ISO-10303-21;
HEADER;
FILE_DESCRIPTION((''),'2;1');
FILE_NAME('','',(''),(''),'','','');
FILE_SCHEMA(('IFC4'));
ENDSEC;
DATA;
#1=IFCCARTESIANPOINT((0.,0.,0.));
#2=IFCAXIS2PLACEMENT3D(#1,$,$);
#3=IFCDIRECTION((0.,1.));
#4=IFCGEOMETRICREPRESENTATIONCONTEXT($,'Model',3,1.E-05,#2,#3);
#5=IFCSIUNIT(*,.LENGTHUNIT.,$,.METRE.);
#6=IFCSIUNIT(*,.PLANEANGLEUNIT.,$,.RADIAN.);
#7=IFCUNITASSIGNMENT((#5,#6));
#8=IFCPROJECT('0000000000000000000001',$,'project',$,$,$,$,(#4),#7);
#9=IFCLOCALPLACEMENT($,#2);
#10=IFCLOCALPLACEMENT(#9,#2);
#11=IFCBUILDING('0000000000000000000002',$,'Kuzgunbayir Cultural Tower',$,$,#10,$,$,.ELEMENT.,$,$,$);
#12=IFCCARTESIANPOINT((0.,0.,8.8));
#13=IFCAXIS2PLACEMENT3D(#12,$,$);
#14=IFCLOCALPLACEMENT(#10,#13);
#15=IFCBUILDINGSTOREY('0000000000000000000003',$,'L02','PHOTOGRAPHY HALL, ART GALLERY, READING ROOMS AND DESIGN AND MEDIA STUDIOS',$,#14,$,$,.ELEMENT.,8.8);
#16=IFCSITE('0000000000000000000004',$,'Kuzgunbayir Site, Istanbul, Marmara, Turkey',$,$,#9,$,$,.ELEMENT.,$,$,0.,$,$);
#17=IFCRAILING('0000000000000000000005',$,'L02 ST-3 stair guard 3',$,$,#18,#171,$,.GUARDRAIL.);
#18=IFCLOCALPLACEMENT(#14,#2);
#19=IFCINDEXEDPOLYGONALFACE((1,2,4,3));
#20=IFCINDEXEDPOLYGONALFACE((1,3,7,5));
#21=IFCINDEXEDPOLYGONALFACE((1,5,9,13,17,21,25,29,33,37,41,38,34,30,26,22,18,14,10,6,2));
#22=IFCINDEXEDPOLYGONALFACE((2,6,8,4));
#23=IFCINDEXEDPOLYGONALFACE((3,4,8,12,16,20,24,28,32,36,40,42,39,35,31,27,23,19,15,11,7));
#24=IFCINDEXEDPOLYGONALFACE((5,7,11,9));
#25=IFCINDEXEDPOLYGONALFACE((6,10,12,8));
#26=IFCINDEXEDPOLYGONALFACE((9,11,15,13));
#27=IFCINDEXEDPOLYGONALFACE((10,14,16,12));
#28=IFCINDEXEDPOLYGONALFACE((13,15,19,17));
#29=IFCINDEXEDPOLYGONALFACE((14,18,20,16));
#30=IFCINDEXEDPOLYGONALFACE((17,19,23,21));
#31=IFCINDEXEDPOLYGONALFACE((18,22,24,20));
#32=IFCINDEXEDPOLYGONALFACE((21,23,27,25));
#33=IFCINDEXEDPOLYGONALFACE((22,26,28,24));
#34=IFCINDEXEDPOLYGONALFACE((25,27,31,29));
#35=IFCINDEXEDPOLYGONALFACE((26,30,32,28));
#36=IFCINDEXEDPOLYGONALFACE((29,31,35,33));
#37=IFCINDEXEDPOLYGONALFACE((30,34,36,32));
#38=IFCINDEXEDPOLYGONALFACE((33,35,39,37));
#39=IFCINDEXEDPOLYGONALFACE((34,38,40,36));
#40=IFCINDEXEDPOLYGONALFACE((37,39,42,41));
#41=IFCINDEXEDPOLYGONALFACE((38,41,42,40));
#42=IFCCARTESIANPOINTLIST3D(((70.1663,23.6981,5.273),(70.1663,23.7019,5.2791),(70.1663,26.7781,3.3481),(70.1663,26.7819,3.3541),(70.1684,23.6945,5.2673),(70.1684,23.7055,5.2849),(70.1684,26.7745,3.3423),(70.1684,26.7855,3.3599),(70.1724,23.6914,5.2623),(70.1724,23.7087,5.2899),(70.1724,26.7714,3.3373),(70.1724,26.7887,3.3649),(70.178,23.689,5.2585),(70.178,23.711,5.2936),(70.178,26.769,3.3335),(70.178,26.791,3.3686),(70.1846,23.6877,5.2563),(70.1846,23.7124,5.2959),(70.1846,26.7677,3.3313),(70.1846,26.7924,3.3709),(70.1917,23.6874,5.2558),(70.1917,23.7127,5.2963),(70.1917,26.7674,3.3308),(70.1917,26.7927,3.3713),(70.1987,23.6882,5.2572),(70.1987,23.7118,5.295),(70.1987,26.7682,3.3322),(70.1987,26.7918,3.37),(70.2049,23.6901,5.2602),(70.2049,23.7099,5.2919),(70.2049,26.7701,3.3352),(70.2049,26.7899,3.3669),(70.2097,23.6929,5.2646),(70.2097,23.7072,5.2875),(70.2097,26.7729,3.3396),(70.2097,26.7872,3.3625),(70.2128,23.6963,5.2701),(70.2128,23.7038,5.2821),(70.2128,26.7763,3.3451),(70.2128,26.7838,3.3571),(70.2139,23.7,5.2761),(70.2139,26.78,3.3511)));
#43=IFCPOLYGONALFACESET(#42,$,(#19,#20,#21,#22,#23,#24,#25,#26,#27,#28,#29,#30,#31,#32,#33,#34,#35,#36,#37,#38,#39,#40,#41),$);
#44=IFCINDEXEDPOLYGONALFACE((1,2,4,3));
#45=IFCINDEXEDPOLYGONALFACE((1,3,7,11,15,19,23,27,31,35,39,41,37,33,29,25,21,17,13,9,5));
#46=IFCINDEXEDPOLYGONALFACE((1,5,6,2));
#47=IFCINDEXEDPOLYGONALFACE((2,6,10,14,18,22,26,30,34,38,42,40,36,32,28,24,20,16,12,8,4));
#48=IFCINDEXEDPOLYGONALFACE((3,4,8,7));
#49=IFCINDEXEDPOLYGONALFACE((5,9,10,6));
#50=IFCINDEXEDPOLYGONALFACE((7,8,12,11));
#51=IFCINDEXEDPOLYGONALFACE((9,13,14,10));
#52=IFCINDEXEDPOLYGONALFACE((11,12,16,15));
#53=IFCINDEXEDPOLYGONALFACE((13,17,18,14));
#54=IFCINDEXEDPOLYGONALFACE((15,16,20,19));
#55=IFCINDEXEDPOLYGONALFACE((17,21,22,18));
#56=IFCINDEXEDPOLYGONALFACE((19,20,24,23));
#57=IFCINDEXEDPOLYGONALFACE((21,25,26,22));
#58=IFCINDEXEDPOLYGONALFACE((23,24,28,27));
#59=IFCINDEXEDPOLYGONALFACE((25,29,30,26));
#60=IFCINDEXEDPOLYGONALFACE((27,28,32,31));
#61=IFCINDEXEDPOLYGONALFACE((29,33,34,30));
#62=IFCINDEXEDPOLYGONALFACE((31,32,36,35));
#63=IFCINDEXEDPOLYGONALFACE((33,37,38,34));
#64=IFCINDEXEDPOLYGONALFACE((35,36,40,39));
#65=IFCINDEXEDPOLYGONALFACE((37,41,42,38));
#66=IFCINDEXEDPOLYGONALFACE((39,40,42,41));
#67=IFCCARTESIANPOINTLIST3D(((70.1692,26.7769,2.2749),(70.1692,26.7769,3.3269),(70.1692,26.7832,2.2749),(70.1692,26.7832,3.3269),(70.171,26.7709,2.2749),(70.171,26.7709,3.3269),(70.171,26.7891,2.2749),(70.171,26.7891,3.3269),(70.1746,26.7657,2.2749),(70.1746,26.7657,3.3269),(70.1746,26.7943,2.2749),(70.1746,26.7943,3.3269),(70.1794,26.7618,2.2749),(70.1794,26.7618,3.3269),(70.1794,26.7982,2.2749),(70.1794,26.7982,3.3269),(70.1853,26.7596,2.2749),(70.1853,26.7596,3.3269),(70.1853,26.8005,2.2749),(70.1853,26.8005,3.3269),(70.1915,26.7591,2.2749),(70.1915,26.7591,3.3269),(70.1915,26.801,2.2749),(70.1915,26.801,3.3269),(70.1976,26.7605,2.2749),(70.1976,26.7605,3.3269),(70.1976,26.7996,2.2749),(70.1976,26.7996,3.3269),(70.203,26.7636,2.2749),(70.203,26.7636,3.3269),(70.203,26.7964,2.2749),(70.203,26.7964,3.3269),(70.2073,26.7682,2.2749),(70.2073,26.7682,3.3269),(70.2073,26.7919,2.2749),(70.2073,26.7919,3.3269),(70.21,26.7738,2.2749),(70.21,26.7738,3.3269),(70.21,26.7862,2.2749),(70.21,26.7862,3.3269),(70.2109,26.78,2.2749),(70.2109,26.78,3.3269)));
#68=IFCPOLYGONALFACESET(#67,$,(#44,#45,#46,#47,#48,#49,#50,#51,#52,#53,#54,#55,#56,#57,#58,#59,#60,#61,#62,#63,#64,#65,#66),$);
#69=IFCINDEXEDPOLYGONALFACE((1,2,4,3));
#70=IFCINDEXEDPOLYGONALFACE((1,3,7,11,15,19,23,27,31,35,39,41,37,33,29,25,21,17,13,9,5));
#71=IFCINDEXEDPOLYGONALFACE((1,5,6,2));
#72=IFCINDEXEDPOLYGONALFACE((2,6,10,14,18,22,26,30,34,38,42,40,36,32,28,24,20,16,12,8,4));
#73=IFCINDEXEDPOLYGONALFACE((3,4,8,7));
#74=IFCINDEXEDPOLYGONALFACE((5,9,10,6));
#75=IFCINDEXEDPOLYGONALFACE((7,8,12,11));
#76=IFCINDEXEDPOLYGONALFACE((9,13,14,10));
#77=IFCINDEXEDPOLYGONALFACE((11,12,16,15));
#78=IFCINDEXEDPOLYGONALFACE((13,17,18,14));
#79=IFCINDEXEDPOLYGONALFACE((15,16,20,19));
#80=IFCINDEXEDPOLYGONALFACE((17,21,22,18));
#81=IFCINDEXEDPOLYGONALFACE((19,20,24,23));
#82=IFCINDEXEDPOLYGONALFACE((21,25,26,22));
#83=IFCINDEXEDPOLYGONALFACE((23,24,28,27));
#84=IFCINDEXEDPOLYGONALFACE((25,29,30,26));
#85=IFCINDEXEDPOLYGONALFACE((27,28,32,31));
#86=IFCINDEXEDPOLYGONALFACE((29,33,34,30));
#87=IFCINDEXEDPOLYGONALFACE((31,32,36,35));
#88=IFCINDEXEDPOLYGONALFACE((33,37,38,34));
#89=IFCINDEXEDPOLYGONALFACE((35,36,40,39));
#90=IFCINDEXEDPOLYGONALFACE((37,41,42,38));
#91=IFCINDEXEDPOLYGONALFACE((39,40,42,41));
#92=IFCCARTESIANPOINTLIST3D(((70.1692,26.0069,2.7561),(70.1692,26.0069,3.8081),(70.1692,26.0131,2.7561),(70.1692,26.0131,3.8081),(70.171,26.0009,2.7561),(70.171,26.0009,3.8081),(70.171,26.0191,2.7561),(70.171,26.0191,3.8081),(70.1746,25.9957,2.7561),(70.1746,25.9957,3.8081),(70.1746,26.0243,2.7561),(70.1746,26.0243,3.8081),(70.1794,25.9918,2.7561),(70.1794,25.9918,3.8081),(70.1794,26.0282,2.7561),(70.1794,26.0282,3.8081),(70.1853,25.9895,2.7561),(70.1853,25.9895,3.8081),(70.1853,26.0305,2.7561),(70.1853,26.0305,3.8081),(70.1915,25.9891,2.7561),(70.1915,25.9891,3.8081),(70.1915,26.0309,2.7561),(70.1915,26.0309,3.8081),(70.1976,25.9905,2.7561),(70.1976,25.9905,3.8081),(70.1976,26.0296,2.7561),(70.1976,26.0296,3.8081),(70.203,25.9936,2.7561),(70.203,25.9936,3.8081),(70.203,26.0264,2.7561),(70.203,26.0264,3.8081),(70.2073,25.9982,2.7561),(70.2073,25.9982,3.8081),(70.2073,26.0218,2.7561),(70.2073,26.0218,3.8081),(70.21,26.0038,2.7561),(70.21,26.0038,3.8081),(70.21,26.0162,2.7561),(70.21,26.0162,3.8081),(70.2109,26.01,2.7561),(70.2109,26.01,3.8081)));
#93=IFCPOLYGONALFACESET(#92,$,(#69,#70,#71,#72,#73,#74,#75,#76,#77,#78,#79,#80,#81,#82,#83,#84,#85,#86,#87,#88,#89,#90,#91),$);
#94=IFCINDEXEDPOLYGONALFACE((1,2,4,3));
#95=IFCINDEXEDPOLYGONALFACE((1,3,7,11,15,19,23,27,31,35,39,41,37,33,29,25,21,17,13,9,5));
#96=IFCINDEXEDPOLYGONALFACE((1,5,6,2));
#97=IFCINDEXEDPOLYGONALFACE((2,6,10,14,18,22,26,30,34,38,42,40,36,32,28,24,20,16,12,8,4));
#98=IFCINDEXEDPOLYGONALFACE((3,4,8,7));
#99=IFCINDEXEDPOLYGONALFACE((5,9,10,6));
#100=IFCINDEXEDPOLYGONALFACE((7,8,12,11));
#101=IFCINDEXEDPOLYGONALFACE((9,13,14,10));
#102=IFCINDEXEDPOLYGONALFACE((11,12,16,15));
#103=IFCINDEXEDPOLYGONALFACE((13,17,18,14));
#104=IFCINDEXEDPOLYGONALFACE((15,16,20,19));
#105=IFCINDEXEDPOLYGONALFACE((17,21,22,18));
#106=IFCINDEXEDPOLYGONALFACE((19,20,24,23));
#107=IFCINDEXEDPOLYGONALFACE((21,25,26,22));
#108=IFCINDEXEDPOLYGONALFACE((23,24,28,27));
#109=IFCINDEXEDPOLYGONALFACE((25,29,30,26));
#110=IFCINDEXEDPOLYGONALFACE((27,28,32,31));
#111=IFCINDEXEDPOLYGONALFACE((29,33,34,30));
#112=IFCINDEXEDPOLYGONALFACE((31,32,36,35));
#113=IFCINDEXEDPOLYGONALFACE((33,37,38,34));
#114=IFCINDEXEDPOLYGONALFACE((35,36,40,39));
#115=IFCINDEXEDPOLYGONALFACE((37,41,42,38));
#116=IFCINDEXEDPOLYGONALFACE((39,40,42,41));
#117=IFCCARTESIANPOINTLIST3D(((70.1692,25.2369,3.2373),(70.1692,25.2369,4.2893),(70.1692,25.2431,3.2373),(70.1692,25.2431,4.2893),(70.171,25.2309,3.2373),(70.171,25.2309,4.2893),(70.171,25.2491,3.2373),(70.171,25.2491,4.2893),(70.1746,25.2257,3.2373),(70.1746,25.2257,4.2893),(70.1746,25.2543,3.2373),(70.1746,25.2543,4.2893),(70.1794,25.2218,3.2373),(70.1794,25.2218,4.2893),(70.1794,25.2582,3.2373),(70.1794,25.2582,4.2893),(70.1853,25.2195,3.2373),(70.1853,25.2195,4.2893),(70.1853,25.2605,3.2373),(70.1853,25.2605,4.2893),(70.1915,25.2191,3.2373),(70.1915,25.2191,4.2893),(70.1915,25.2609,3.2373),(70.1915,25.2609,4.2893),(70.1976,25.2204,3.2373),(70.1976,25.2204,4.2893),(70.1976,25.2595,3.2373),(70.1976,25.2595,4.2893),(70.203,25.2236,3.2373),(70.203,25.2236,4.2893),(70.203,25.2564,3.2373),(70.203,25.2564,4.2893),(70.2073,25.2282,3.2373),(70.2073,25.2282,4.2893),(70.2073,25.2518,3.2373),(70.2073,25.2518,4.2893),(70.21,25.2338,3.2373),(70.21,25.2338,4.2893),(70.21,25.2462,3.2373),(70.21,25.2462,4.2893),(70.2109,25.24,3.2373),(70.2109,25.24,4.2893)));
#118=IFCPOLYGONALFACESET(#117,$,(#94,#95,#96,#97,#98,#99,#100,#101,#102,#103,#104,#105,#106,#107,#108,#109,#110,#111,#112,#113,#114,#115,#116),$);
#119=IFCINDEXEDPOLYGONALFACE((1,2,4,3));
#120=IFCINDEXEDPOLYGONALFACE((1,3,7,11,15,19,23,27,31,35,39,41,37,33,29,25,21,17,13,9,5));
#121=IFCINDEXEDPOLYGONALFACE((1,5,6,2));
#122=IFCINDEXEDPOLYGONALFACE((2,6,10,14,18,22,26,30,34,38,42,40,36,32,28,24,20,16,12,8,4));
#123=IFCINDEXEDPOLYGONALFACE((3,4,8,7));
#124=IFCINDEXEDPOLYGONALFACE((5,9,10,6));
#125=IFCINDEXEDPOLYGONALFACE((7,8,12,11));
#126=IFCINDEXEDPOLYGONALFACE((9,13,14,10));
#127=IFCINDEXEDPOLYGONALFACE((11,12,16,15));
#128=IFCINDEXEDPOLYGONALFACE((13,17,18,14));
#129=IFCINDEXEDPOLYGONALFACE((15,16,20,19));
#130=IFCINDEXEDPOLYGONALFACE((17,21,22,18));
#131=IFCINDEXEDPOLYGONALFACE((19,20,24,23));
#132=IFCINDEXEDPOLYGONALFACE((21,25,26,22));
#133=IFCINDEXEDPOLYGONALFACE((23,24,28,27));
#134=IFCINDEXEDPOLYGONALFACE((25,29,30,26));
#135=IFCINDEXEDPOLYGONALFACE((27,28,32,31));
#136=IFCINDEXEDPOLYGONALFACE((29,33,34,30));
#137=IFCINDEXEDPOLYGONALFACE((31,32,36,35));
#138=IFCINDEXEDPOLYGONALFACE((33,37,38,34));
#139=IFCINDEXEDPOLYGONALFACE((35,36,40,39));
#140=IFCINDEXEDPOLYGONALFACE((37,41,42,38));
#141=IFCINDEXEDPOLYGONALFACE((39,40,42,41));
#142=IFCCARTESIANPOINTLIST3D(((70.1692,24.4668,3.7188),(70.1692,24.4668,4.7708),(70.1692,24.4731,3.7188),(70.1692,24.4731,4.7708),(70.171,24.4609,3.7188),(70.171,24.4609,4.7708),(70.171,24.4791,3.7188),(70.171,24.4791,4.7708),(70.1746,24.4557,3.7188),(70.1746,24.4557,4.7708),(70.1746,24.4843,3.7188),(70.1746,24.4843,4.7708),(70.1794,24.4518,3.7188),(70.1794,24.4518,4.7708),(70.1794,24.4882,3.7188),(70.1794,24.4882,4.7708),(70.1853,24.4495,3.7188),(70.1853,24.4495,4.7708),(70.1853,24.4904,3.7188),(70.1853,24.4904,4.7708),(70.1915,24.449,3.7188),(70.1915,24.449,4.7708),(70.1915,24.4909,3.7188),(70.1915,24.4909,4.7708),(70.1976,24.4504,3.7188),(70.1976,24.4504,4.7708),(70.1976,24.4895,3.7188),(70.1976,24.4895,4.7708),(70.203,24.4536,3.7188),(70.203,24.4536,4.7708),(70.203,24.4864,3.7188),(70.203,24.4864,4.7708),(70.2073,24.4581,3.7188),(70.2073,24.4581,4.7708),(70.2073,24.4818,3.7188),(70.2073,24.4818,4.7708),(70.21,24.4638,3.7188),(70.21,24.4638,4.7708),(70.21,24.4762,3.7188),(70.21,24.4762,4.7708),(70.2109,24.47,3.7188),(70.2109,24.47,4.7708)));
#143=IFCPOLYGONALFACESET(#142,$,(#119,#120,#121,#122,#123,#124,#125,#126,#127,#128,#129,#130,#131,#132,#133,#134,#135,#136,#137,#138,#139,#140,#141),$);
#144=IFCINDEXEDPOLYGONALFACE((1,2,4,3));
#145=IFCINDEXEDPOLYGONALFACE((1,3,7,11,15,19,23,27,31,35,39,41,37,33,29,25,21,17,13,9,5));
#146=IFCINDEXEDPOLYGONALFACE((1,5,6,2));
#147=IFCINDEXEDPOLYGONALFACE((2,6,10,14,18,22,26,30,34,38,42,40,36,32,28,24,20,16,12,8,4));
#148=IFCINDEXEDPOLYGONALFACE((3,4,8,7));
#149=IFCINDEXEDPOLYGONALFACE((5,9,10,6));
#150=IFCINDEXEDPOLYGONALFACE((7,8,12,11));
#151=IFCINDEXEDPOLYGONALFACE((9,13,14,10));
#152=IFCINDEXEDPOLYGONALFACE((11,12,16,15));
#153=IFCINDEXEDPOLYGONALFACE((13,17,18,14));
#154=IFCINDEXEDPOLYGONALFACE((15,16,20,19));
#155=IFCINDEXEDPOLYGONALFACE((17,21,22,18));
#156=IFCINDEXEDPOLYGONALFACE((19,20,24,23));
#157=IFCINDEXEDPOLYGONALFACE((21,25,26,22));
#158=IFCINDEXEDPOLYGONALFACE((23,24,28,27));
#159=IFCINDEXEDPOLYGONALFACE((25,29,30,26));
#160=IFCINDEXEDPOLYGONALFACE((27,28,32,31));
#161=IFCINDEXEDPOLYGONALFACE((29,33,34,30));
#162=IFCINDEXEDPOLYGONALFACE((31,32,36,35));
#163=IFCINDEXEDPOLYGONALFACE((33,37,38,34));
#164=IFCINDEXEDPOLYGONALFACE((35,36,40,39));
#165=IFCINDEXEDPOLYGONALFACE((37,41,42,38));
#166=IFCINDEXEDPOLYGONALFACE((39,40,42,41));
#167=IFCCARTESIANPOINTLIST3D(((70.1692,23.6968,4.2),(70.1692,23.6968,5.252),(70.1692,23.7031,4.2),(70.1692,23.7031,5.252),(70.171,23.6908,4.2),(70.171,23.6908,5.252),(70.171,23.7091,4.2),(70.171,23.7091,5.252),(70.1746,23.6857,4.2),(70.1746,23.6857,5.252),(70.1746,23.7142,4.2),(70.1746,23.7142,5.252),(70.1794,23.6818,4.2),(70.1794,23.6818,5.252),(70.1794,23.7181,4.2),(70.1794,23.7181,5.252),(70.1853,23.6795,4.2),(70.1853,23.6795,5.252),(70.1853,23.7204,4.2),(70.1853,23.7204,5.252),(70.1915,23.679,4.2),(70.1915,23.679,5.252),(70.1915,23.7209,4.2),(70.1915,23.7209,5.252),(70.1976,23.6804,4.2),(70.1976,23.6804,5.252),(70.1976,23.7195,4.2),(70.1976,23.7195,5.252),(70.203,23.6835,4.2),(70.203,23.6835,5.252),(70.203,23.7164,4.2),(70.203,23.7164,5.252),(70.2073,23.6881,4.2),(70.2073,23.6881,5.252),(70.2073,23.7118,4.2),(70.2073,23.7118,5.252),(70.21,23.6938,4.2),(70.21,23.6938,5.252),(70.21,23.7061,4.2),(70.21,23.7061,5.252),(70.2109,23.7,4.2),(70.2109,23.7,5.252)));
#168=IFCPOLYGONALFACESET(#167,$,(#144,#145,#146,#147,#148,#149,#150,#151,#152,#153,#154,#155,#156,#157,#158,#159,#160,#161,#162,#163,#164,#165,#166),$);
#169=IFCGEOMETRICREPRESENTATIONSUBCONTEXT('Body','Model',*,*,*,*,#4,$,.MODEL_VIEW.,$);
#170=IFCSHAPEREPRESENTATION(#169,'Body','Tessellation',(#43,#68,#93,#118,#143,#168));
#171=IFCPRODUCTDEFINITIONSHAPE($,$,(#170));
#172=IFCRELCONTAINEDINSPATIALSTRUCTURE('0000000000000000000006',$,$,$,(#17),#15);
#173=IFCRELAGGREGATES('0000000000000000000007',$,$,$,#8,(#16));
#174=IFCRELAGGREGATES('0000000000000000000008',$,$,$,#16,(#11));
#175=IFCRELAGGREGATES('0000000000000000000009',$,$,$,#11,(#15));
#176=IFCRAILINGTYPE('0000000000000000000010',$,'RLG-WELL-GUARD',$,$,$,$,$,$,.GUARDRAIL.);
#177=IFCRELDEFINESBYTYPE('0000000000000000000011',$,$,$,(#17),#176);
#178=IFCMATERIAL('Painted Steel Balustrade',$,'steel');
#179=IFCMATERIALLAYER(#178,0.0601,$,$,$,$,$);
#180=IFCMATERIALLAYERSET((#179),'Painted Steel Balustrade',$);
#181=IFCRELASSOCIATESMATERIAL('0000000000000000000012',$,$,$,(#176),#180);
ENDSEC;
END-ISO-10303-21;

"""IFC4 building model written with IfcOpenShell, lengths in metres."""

from ifc_helpers import new_model, si_unit, direction, frame, origin, origin_2d, place, context, subcontext, project, spatial, circle, extrude, material, layer, layer_set, type_object, element, save


model = new_model("IFC4")

# Units and contexts
model_context = context("Model", 3, precision=1e-05, world=origin(), true_north=direction((0.0, 1.0)))
body_context = subcontext(model_context, "Body", "Model", "MODEL_VIEW")
ifc_project = project(units=[si_unit("LENGTHUNIT", "METRE"), si_unit("PLANEANGLEUNIT", "RADIAN")], contexts=[model_context])

# Site, building, storey
site_placement = place(None, origin())
site = spatial("IfcSite", under=ifc_project, at=site_placement, Name="Kuzgunbayir Site, Istanbul, Marmara, Turkey", CompositionType="ELEMENT", RefElevation=0.0)
building_placement = place(site_placement, origin())
building = spatial("IfcBuilding", under=site, at=building_placement, Name="Kuzgunbayir Cultural Tower", CompositionType="ELEMENT")
storey_placement = place(building_placement, frame((0.0, 0.0, 8.8)))
storey = spatial("IfcBuildingStorey", under=building, at=storey_placement, Name="L02", Description="PHOTOGRAPHY HALL, ART GALLERY, READING ROOMS AND DESIGN AND MEDIA STUDIOS", CompositionType="ELEMENT", Elevation=8.8)

# Railing
ifc_material_1 = material(Name="Painted Steel Balustrade", Category="steel")
ifc_layer_1 = layer(ifc_material_1, 0.0601)
ifc_layer_set_1 = layer_set([ifc_layer_1], Name="Painted Steel Balustrade")
railing_type_1 = type_object("IfcRailingType", Name="RLG-WELL-GUARD", PredefinedType="GUARDRAIL", material=ifc_layer_set_1)
railing_1_placement = place(storey_placement, frame((70.1899, 26.78, 2.2749)))
element("IfcRailing", 1, at=railing_1_placement, inside=storey, type_object=railing_type_1, Name="L02 ST-3 stair guard 3", PredefinedType="GUARDRAIL", context=body_context, shape_type="SweptSolid", body=[
    extrude(circle(Radius=0.0239, at=origin_2d()), frame((0.0, 0.0, 1.0762), z_axis=(0.0, -0.847998, 0.529999), x_axis=(1.0, 0.0, 0.0)), (0.0, 0.0, 1.0), 3.6321),
    extrude(circle(Radius=0.021, at=origin_2d()), origin(), (0.0, 0.0, 1.0), 1.052),
    extrude(circle(Radius=0.021, at=origin_2d()), frame((0.0, -0.77, 0.4812)), (0.0, 0.0, 1.0), 1.052),
    extrude(circle(Radius=0.021, at=origin_2d()), frame((0.0, -1.54, 0.9624)), (0.0, 0.0, 1.0), 1.052),
    extrude(circle(Radius=0.021, at=origin_2d()), frame((0.0, -2.3101, 1.4438)), (0.0, 0.0, 1.0), 1.052),
    extrude(circle(Radius=0.021, at=origin_2d()), frame((0.0, -3.0801, 1.925)), (0.0, 0.0, 1.0), 1.052),
])

save(model, "model.ifc")
